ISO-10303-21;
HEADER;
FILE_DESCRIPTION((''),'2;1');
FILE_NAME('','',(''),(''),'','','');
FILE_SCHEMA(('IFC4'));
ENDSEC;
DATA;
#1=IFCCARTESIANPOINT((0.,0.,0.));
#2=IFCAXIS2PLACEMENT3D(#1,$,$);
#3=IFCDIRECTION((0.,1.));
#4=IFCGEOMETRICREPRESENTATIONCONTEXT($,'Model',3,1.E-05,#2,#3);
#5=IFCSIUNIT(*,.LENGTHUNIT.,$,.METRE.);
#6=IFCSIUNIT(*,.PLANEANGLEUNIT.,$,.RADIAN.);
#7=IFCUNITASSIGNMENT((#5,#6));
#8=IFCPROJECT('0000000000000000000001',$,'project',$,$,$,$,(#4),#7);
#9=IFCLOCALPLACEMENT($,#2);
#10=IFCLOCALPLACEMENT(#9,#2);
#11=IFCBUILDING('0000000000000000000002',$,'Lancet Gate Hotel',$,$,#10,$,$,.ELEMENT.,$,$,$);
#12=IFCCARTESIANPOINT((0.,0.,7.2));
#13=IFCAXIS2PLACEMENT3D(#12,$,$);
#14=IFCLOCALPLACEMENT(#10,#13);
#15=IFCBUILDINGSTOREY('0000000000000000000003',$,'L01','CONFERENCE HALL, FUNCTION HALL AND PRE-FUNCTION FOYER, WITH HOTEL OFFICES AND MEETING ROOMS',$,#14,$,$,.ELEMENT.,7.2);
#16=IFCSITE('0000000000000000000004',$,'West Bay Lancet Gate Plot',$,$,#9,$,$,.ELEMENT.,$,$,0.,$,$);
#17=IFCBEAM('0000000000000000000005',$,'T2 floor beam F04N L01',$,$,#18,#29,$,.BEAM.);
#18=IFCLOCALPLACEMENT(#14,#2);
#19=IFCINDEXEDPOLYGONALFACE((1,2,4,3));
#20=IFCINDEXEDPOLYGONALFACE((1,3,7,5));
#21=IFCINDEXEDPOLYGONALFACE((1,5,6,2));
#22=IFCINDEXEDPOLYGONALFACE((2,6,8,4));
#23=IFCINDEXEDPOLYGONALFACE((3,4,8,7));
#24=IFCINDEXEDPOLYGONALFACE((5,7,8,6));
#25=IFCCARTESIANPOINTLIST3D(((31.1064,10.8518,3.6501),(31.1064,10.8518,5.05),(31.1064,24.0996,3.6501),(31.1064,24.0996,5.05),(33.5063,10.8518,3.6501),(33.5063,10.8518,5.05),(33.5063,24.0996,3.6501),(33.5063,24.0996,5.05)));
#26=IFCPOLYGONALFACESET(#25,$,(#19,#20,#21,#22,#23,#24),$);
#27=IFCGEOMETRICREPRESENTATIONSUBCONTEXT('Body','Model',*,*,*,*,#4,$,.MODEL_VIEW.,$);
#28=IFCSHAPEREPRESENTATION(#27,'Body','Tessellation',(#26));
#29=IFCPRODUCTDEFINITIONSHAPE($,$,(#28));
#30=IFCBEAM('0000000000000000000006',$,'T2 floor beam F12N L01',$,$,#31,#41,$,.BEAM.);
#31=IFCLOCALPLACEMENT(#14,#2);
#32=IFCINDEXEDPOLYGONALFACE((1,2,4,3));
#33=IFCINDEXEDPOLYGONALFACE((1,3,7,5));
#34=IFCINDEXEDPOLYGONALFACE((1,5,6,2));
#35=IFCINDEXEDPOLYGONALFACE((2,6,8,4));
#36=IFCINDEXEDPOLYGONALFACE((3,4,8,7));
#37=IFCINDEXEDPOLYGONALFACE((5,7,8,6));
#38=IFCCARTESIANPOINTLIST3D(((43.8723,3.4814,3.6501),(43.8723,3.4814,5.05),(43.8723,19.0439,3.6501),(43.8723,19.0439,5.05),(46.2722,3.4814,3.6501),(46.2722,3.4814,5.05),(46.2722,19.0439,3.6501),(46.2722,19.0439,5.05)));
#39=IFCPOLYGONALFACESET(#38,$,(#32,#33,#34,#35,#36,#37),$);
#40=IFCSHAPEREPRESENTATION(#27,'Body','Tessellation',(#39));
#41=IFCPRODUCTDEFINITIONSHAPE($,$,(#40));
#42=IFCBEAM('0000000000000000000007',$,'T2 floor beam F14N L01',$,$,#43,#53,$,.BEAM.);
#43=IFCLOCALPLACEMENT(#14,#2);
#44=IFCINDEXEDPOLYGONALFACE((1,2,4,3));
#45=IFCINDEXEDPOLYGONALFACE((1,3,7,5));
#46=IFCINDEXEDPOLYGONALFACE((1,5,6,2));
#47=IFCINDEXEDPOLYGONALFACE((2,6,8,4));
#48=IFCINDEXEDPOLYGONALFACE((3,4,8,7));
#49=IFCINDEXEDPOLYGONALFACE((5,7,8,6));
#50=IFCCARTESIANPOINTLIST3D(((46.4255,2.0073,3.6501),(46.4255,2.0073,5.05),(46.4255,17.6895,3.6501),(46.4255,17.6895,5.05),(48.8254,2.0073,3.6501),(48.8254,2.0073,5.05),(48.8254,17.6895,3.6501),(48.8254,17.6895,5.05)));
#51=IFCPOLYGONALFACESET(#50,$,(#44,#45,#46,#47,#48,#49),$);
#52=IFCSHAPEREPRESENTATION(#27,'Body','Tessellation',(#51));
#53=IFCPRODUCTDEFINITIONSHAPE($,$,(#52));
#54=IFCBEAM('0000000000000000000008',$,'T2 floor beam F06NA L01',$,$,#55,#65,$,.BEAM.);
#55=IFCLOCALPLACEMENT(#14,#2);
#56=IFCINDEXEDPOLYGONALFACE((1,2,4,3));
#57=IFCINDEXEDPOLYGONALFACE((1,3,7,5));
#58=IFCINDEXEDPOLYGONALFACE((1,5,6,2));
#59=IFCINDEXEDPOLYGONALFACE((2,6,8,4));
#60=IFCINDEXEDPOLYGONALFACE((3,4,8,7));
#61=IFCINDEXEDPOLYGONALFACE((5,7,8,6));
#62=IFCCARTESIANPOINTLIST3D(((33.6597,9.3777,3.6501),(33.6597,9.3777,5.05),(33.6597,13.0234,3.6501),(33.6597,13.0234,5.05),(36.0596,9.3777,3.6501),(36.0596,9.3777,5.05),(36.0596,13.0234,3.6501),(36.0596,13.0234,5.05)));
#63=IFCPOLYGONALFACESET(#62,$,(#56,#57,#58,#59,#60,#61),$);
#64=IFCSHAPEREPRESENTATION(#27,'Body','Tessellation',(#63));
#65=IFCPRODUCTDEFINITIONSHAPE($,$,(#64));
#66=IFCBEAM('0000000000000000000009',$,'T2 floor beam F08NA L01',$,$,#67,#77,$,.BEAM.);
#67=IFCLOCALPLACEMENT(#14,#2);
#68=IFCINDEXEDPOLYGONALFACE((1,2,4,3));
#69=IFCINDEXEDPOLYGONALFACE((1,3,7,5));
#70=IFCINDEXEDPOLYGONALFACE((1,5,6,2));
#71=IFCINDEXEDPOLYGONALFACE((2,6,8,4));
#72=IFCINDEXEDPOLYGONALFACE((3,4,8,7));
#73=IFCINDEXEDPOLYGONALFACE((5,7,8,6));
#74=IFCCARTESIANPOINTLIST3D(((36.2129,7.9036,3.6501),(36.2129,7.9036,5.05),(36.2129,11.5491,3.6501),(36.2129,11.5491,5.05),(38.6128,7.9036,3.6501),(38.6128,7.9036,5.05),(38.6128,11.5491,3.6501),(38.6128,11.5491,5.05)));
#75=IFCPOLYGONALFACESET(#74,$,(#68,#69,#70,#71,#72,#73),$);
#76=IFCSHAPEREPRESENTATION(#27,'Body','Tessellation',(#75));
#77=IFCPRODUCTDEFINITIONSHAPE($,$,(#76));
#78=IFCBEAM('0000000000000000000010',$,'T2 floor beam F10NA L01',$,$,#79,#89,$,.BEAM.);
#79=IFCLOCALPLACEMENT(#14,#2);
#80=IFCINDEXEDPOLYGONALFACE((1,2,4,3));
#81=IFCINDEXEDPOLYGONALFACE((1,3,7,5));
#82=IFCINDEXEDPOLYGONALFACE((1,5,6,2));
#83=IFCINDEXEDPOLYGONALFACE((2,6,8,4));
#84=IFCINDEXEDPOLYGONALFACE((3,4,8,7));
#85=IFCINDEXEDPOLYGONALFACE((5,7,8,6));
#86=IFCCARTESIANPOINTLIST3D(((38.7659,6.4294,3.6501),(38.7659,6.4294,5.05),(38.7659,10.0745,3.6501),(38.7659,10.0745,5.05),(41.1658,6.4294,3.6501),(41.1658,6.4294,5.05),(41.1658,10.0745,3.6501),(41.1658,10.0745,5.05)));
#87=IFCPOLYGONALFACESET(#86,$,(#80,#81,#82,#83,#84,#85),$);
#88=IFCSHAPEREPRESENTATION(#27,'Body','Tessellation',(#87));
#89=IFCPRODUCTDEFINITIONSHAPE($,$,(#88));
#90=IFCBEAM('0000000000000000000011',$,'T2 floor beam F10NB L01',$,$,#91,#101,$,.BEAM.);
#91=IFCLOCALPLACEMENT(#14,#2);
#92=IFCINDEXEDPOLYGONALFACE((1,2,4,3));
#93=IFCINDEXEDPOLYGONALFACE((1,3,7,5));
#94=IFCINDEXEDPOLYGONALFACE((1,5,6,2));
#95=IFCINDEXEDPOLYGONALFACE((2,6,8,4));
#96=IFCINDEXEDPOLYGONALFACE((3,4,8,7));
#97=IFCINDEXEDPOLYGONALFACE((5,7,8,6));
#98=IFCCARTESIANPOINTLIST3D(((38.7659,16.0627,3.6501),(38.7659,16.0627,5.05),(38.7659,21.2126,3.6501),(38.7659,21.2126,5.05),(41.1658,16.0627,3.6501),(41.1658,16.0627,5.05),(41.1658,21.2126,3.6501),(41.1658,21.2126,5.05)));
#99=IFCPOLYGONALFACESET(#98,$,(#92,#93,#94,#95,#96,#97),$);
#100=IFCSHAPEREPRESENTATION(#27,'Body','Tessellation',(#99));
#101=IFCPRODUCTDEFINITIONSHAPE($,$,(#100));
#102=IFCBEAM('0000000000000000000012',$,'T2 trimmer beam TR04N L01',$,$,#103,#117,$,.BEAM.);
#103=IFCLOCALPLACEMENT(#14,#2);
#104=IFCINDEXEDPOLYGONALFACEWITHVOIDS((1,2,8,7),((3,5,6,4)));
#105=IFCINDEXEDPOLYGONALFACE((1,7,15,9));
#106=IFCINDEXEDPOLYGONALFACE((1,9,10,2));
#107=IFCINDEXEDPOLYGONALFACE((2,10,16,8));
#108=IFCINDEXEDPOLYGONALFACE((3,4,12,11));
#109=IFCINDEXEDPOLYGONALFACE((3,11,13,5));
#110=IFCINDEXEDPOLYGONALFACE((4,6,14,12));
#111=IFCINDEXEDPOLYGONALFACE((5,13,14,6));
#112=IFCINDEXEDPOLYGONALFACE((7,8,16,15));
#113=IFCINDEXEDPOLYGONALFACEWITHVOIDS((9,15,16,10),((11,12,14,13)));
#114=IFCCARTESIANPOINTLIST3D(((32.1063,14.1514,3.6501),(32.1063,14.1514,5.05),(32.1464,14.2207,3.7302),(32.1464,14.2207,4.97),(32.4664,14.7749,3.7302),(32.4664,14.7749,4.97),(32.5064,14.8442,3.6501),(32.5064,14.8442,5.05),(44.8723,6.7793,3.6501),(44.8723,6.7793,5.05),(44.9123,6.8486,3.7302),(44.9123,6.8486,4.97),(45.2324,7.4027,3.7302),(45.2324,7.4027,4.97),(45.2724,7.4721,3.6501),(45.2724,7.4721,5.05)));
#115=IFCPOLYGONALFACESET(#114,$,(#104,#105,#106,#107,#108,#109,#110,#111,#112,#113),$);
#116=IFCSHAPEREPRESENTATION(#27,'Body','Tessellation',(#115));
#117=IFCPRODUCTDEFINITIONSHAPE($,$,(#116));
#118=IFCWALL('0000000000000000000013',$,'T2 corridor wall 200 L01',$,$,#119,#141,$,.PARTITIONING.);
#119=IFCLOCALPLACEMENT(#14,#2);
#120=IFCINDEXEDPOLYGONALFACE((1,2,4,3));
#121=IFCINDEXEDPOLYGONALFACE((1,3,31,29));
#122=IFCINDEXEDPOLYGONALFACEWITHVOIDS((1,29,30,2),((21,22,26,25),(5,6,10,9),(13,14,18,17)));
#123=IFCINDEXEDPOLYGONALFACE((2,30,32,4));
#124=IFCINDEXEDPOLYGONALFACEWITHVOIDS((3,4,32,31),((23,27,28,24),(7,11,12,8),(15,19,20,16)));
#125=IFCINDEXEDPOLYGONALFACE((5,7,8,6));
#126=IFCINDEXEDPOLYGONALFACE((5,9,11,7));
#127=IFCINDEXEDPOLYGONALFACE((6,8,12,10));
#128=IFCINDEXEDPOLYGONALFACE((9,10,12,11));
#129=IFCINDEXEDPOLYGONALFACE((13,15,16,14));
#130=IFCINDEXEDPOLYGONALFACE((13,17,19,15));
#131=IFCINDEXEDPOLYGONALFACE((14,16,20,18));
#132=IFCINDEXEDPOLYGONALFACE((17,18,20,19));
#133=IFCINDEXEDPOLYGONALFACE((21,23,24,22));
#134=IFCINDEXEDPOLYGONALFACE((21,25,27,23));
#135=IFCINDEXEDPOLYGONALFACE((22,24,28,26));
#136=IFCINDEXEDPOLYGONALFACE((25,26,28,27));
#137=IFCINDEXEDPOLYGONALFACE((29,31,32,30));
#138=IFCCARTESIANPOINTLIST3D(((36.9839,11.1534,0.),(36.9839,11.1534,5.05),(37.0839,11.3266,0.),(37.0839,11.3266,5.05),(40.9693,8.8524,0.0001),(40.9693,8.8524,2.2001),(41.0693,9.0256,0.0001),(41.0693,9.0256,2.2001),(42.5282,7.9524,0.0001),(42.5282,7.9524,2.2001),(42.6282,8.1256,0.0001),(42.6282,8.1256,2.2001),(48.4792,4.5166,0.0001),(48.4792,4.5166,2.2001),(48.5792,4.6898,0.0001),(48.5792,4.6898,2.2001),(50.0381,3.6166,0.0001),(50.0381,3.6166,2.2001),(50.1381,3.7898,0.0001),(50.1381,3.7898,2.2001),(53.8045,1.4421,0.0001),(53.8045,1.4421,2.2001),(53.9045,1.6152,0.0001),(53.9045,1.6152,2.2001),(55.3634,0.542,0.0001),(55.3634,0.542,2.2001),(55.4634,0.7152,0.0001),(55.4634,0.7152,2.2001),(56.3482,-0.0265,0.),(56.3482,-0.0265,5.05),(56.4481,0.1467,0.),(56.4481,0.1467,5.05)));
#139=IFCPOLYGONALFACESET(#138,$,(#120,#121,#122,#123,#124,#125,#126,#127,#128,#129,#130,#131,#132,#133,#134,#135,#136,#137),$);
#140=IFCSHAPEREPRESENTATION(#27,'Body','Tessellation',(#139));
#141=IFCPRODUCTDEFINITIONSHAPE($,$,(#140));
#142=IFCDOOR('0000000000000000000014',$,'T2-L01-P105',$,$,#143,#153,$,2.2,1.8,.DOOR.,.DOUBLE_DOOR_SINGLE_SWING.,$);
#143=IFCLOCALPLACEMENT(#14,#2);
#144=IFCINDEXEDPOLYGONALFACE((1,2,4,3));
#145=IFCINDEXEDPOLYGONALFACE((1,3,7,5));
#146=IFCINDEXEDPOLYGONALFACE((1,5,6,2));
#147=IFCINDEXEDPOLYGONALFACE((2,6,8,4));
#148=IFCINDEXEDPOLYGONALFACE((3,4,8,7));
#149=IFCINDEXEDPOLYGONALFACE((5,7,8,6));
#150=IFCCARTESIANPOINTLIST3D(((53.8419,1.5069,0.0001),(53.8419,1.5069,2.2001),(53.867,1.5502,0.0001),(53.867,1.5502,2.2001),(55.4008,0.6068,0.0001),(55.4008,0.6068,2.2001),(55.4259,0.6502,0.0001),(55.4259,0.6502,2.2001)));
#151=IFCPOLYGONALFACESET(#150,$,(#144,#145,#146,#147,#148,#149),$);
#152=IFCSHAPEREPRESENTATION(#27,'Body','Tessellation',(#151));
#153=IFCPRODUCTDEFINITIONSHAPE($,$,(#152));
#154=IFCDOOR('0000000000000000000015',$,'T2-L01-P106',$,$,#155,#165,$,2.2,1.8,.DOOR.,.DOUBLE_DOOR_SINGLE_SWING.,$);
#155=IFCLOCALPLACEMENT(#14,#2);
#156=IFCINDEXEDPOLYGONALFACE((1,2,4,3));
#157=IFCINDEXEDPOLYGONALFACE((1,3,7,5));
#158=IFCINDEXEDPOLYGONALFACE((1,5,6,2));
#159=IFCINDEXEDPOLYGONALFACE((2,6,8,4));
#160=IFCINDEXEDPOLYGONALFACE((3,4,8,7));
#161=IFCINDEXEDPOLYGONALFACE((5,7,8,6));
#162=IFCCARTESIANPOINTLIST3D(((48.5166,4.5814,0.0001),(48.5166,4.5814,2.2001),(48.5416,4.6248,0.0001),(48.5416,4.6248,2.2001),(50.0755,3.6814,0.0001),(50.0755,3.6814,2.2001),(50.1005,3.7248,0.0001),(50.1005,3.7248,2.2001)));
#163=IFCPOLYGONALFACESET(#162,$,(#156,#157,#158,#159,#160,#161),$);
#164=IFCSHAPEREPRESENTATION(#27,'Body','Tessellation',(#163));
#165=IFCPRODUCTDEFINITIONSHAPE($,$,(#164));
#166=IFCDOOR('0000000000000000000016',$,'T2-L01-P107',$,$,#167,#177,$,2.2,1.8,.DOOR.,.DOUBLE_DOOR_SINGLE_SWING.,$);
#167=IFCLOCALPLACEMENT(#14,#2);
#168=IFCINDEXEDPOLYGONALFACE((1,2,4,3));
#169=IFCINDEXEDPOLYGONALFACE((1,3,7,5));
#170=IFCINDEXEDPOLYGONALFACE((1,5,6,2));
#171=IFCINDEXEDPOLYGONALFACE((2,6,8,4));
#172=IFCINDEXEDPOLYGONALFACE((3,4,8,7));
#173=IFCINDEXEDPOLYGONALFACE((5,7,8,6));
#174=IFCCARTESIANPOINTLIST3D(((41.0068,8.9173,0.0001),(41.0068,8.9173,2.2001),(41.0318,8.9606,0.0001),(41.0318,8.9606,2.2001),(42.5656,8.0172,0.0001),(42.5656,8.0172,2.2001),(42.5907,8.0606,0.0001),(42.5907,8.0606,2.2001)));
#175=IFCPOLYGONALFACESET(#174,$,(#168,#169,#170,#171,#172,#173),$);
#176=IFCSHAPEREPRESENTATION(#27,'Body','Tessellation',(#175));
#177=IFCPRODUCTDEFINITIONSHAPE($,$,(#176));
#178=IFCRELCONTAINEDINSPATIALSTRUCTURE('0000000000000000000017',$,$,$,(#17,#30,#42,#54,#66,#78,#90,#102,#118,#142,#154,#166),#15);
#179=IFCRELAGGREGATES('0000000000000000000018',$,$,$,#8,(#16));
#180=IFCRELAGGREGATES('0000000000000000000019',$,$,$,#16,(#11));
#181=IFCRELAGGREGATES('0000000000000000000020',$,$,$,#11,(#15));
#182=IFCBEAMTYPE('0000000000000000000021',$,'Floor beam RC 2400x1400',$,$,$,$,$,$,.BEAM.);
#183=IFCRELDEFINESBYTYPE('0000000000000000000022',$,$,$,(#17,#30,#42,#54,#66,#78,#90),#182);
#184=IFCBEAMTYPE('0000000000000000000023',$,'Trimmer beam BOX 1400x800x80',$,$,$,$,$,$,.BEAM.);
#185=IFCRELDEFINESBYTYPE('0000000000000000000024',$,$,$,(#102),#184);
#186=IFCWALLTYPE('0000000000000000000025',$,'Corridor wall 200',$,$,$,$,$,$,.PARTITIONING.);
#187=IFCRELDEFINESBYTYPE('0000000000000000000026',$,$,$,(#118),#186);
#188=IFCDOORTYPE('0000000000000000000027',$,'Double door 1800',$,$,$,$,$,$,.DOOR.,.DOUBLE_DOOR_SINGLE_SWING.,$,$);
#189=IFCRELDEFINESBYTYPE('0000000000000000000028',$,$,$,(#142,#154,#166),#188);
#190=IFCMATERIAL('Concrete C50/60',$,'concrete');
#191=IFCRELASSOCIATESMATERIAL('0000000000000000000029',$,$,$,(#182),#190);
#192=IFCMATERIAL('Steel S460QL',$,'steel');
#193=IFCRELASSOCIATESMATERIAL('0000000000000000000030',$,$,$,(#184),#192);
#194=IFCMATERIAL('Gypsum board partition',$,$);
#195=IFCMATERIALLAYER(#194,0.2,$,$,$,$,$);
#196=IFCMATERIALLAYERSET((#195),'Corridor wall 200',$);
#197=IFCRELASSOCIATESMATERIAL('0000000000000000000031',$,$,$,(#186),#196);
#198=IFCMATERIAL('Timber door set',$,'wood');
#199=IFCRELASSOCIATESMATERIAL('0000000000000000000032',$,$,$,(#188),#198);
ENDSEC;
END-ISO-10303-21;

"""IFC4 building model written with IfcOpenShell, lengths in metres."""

from ifc_helpers import new_model, si_unit, direction, frame, frame_2d, origin, origin_2d, place, context, subcontext, project, spatial, rectangle, hollow_rectangle, extrude, material, layer, layer_set, material_profile, profile_set, type_object, element, fill, save


model = new_model("IFC4")

# Units and contexts
model_context = context("Model", 3, precision=1e-05, world=origin(), true_north=direction((0.0, 1.0)))
body_context = subcontext(model_context, "Body", "Model", "MODEL_VIEW")
ifc_project = project(units=[si_unit("LENGTHUNIT", "METRE"), si_unit("PLANEANGLEUNIT", "RADIAN")], contexts=[model_context])

# Site, building, storey
site_placement = place(None, origin())
site = spatial("IfcSite", under=ifc_project, at=site_placement, Name="West Bay Lancet Gate Plot", CompositionType="ELEMENT", RefElevation=0.0)
building_placement = place(site_placement, origin())
building = spatial("IfcBuilding", under=site, at=building_placement, Name="Lancet Gate Hotel", CompositionType="ELEMENT")
storey_placement = place(building_placement, frame((0.0, 0.0, 7.2)))
storey = spatial("IfcBuildingStorey", under=building, at=storey_placement, Name="L01", Description="CONFERENCE HALL, FUNCTION HALL AND PRE-FUNCTION FOYER, WITH HOTEL OFFICES AND MEETING ROOMS", CompositionType="ELEMENT", Elevation=7.2)

# Beams
ifc_material_1 = material(Name="Concrete C50/60", Category="concrete")
ifc_material_profile_1 = material_profile(ifc_material_1, rectangle(XDim=2.3999, YDim=1.3999, at=origin_2d()), Name="RC 2400x1400")
ifc_profile_set_1 = profile_set([ifc_material_profile_1], Name="Concrete C50/60")
beam_type_1 = type_object("IfcBeamType", Name="Floor beam RC 2400x1400", PredefinedType="BEAM", material=ifc_profile_set_1)
beam_1_placement = place(storey_placement, frame((32.3064, 10.8518, 4.3501), z_axis=(0.0, 1.0, 0.0), x_axis=(-1.0, 0.0, 0.0)))
element("IfcBeam", 1, at=beam_1_placement, inside=storey, type_object=beam_type_1, Name="T2 floor beam F04N L01", PredefinedType="BEAM", context=body_context, shape_type="SweptSolid", body=[
    extrude(rectangle(XDim=2.3999, YDim=1.3999, at=origin_2d()), origin(), (0.0, 0.0, 1.0), 13.2478),
])
beam_2_placement = place(storey_placement, frame((45.0723, 3.4814, 4.3501), z_axis=(0.0, 1.0, 0.0), x_axis=(-1.0, 0.0, 0.0)))
element("IfcBeam", 2, at=beam_2_placement, inside=storey, type_object=beam_type_1, Name="T2 floor beam F12N L01", PredefinedType="BEAM", context=body_context, shape_type="SweptSolid", body=[
    extrude(rectangle(XDim=2.3999, YDim=1.3999, at=origin_2d()), origin(), (0.0, 0.0, 1.0), 15.5625),
])
beam_3_placement = place(storey_placement, frame((47.6255, 2.0073, 4.3501), z_axis=(0.0, 1.0, 0.0), x_axis=(-1.0, 0.0, 0.0)))
element("IfcBeam", 3, at=beam_3_placement, inside=storey, type_object=beam_type_1, Name="T2 floor beam F14N L01", PredefinedType="BEAM", context=body_context, shape_type="SweptSolid", body=[
    extrude(rectangle(XDim=2.3999, YDim=1.3999, at=origin_2d()), origin(), (0.0, 0.0, 1.0), 15.6821),
])
beam_4_placement = place(storey_placement, frame((34.8596, 9.3777, 4.3501), z_axis=(0.0, 1.0, 0.0), x_axis=(-1.0, 0.0, 0.0)))
element("IfcBeam", 4, at=beam_4_placement, inside=storey, type_object=beam_type_1, Name="T2 floor beam F06NA L01", PredefinedType="BEAM", context=body_context, shape_type="SweptSolid", body=[
    extrude(rectangle(XDim=2.3999, YDim=1.3999, at=origin_2d()), origin(), (0.0, 0.0, 1.0), 3.6458),
])
beam_5_placement = place(storey_placement, frame((37.4128, 7.9036, 4.3501), z_axis=(0.0, 1.0, 0.0), x_axis=(-1.0, 0.0, 0.0)))
element("IfcBeam", 5, at=beam_5_placement, inside=storey, type_object=beam_type_1, Name="T2 floor beam F08NA L01", PredefinedType="BEAM", context=body_context, shape_type="SweptSolid", body=[
    extrude(rectangle(XDim=2.3999, YDim=1.3999, at=origin_2d()), origin(), (0.0, 0.0, 1.0), 3.6455),
])
beam_6_placement = place(storey_placement, frame((39.9658, 6.4294, 4.3501), z_axis=(0.0, 1.0, 0.0), x_axis=(-1.0, 0.0, 0.0)))
element("IfcBeam", 6, at=beam_6_placement, inside=storey, type_object=beam_type_1, Name="T2 floor beam F10NA L01", PredefinedType="BEAM", context=body_context, shape_type="SweptSolid", body=[
    extrude(rectangle(XDim=2.3999, YDim=1.3999, at=origin_2d()), origin(), (0.0, 0.0, 1.0), 3.645),
])
beam_7_placement = place(storey_placement, frame((39.9658, 16.0627, 4.3501), z_axis=(0.0, 1.0, 0.0), x_axis=(-1.0, 0.0, 0.0)))
element("IfcBeam", 7, at=beam_7_placement, inside=storey, type_object=beam_type_1, Name="T2 floor beam F10NB L01", PredefinedType="BEAM", context=body_context, shape_type="SweptSolid", body=[
    extrude(rectangle(XDim=2.3999, YDim=1.3999, at=origin_2d()), origin(), (0.0, 0.0, 1.0), 5.1499),
])
ifc_material_2 = material(Name="Steel S460QL", Category="steel")
ifc_material_profile_2 = material_profile(ifc_material_2, hollow_rectangle(XDim=0.8, YDim=1.3999, WallThickness=0.0801, at=origin_2d()), Name="BOX 1400x800x80")
ifc_profile_set_2 = profile_set([ifc_material_profile_2], Name="Steel S460QL")
beam_type_2 = type_object("IfcBeamType", Name="Trimmer beam BOX 1400x800x80", PredefinedType="BEAM", material=ifc_profile_set_2)
beam_8_placement = place(storey_placement, frame((32.3064, 14.4978, 4.3501), z_axis=(0.865976, -0.500086, 0.0), x_axis=(0.500086, 0.865976, 0.0)))
element("IfcBeam", 8, at=beam_8_placement, inside=storey, type_object=beam_type_2, Name="T2 trimmer beam TR04N L01", PredefinedType="BEAM", context=body_context, shape_type="SweptSolid", body=[
    extrude(hollow_rectangle(XDim=0.8, YDim=1.3999, WallThickness=0.0801, at=origin_2d()), origin(), (0.0, 0.0, 1.0), 14.7417),
])

# Wall, openings, doors
ifc_material_3 = material(Name="Gypsum board partition")
ifc_layer_1 = layer(ifc_material_3, 0.2)
ifc_layer_set_1 = layer_set([ifc_layer_1], Name="Corridor wall 200")
wall_type_1 = type_object("IfcWallType", Name="Corridor wall 200", PredefinedType="PARTITIONING", material=ifc_layer_set_1)
wall_1_placement = place(storey_placement, frame((37.0339, 11.24, 0.0), z_axis=(0.0, 0.0, 1.0), x_axis=(0.866026, -0.499999, 0.0)))
wall_1 = element("IfcWall", 9, at=wall_1_placement, inside=storey, type_object=wall_type_1, Name="T2 corridor wall 200 L01", PredefinedType="PARTITIONING", context=body_context, shape_type="SweptSolid", body=[
    extrude(rectangle(XDim=22.3599, YDim=0.2, at=frame_2d((11.1799, 0.0))), origin(), (0.0, 0.0, 1.0), 5.05),
])
opening_1_placement = place(wall_1_placement, frame((19.4229, 0.0, 0.0)))
opening_1 = element("IfcOpeningElement", 10, at=opening_1_placement, cuts=wall_1, PredefinedType="OPENING", context=body_context, shape_type="SweptSolid", body=[
    extrude(rectangle(XDim=1.8, YDim=2.2, at=frame_2d((0.8999, 1.1001))), frame((0.0, 0.1099, 0.0), z_axis=(0.0, -1.0, 0.0), x_axis=(1.0, 0.0, 0.0)), (0.0, 0.0, 1.0), 0.22),
])
opening_2_placement = place(wall_1_placement, frame((13.2737, 0.0, 0.0)))
opening_2 = element("IfcOpeningElement", 11, at=opening_2_placement, cuts=wall_1, PredefinedType="OPENING", context=body_context, shape_type="SweptSolid", body=[
    extrude(rectangle(XDim=1.8, YDim=2.2, at=frame_2d((0.8999, 1.1001))), frame((0.0, 0.1099, 0.0), z_axis=(0.0, -1.0, 0.0), x_axis=(1.0, 0.0, 0.0)), (0.0, 0.0, 1.0), 0.22),
])
opening_3_placement = place(wall_1_placement, frame((4.6021, 0.0, 0.0)))
opening_3 = element("IfcOpeningElement", 12, at=opening_3_placement, cuts=wall_1, PredefinedType="OPENING", context=body_context, shape_type="SweptSolid", body=[
    extrude(rectangle(XDim=1.8, YDim=2.2, at=frame_2d((0.8999, 1.1001))), frame((0.0, 0.1099, 0.0), z_axis=(0.0, -1.0, 0.0), x_axis=(1.0, 0.0, 0.0)), (0.0, 0.0, 1.0), 0.22),
])
ifc_material_4 = material(Name="Timber door set", Category="wood")
door_type_1 = type_object("IfcDoorType", Name="Double door 1800", OperationType="DOUBLE_DOOR_SINGLE_SWING", PredefinedType="DOOR", material=ifc_material_4)
door_1_placement = place(opening_1_placement, origin())
door_1 = element("IfcDoor", 13, at=door_1_placement, inside=storey, type_object=door_type_1, Name="T2-L01-P105", OperationType="DOUBLE_DOOR_SINGLE_SWING", OverallHeight=2.2, OverallWidth=1.8, PredefinedType="DOOR", context=body_context, shape_type="SweptSolid", body=[
    extrude(rectangle(XDim=1.8, YDim=2.2, at=frame_2d((0.8999, 1.1001))), frame((0.0, 0.0249, 0.0), z_axis=(0.0, -1.0, 0.0), x_axis=(1.0, 0.0, 0.0)), (0.0, 0.0, 1.0), 0.05),
])
fill(opening_1, door_1)
door_2_placement = place(opening_2_placement, origin())
door_2 = element("IfcDoor", 14, at=door_2_placement, inside=storey, type_object=door_type_1, Name="T2-L01-P106", OperationType="DOUBLE_DOOR_SINGLE_SWING", OverallHeight=2.2, OverallWidth=1.8, PredefinedType="DOOR", context=body_context, shape_type="SweptSolid", body=[
    extrude(rectangle(XDim=1.8, YDim=2.2, at=frame_2d((0.8999, 1.1001))), frame((0.0, 0.0249, 0.0), z_axis=(0.0, -1.0, 0.0), x_axis=(1.0, 0.0, 0.0)), (0.0, 0.0, 1.0), 0.05),
])
fill(opening_2, door_2)
door_3_placement = place(opening_3_placement, origin())
door_3 = element("IfcDoor", 15, at=door_3_placement, inside=storey, type_object=door_type_1, Name="T2-L01-P107", OperationType="DOUBLE_DOOR_SINGLE_SWING", OverallHeight=2.2, OverallWidth=1.8, PredefinedType="DOOR", context=body_context, shape_type="SweptSolid", body=[
    extrude(rectangle(XDim=1.8, YDim=2.2, at=frame_2d((0.8999, 1.1001))), frame((0.0, 0.0249, 0.0), z_axis=(0.0, -1.0, 0.0), x_axis=(1.0, 0.0, 0.0)), (0.0, 0.0, 1.0), 0.05),
])
fill(opening_3, door_3)

save(model, "model.ifc")
